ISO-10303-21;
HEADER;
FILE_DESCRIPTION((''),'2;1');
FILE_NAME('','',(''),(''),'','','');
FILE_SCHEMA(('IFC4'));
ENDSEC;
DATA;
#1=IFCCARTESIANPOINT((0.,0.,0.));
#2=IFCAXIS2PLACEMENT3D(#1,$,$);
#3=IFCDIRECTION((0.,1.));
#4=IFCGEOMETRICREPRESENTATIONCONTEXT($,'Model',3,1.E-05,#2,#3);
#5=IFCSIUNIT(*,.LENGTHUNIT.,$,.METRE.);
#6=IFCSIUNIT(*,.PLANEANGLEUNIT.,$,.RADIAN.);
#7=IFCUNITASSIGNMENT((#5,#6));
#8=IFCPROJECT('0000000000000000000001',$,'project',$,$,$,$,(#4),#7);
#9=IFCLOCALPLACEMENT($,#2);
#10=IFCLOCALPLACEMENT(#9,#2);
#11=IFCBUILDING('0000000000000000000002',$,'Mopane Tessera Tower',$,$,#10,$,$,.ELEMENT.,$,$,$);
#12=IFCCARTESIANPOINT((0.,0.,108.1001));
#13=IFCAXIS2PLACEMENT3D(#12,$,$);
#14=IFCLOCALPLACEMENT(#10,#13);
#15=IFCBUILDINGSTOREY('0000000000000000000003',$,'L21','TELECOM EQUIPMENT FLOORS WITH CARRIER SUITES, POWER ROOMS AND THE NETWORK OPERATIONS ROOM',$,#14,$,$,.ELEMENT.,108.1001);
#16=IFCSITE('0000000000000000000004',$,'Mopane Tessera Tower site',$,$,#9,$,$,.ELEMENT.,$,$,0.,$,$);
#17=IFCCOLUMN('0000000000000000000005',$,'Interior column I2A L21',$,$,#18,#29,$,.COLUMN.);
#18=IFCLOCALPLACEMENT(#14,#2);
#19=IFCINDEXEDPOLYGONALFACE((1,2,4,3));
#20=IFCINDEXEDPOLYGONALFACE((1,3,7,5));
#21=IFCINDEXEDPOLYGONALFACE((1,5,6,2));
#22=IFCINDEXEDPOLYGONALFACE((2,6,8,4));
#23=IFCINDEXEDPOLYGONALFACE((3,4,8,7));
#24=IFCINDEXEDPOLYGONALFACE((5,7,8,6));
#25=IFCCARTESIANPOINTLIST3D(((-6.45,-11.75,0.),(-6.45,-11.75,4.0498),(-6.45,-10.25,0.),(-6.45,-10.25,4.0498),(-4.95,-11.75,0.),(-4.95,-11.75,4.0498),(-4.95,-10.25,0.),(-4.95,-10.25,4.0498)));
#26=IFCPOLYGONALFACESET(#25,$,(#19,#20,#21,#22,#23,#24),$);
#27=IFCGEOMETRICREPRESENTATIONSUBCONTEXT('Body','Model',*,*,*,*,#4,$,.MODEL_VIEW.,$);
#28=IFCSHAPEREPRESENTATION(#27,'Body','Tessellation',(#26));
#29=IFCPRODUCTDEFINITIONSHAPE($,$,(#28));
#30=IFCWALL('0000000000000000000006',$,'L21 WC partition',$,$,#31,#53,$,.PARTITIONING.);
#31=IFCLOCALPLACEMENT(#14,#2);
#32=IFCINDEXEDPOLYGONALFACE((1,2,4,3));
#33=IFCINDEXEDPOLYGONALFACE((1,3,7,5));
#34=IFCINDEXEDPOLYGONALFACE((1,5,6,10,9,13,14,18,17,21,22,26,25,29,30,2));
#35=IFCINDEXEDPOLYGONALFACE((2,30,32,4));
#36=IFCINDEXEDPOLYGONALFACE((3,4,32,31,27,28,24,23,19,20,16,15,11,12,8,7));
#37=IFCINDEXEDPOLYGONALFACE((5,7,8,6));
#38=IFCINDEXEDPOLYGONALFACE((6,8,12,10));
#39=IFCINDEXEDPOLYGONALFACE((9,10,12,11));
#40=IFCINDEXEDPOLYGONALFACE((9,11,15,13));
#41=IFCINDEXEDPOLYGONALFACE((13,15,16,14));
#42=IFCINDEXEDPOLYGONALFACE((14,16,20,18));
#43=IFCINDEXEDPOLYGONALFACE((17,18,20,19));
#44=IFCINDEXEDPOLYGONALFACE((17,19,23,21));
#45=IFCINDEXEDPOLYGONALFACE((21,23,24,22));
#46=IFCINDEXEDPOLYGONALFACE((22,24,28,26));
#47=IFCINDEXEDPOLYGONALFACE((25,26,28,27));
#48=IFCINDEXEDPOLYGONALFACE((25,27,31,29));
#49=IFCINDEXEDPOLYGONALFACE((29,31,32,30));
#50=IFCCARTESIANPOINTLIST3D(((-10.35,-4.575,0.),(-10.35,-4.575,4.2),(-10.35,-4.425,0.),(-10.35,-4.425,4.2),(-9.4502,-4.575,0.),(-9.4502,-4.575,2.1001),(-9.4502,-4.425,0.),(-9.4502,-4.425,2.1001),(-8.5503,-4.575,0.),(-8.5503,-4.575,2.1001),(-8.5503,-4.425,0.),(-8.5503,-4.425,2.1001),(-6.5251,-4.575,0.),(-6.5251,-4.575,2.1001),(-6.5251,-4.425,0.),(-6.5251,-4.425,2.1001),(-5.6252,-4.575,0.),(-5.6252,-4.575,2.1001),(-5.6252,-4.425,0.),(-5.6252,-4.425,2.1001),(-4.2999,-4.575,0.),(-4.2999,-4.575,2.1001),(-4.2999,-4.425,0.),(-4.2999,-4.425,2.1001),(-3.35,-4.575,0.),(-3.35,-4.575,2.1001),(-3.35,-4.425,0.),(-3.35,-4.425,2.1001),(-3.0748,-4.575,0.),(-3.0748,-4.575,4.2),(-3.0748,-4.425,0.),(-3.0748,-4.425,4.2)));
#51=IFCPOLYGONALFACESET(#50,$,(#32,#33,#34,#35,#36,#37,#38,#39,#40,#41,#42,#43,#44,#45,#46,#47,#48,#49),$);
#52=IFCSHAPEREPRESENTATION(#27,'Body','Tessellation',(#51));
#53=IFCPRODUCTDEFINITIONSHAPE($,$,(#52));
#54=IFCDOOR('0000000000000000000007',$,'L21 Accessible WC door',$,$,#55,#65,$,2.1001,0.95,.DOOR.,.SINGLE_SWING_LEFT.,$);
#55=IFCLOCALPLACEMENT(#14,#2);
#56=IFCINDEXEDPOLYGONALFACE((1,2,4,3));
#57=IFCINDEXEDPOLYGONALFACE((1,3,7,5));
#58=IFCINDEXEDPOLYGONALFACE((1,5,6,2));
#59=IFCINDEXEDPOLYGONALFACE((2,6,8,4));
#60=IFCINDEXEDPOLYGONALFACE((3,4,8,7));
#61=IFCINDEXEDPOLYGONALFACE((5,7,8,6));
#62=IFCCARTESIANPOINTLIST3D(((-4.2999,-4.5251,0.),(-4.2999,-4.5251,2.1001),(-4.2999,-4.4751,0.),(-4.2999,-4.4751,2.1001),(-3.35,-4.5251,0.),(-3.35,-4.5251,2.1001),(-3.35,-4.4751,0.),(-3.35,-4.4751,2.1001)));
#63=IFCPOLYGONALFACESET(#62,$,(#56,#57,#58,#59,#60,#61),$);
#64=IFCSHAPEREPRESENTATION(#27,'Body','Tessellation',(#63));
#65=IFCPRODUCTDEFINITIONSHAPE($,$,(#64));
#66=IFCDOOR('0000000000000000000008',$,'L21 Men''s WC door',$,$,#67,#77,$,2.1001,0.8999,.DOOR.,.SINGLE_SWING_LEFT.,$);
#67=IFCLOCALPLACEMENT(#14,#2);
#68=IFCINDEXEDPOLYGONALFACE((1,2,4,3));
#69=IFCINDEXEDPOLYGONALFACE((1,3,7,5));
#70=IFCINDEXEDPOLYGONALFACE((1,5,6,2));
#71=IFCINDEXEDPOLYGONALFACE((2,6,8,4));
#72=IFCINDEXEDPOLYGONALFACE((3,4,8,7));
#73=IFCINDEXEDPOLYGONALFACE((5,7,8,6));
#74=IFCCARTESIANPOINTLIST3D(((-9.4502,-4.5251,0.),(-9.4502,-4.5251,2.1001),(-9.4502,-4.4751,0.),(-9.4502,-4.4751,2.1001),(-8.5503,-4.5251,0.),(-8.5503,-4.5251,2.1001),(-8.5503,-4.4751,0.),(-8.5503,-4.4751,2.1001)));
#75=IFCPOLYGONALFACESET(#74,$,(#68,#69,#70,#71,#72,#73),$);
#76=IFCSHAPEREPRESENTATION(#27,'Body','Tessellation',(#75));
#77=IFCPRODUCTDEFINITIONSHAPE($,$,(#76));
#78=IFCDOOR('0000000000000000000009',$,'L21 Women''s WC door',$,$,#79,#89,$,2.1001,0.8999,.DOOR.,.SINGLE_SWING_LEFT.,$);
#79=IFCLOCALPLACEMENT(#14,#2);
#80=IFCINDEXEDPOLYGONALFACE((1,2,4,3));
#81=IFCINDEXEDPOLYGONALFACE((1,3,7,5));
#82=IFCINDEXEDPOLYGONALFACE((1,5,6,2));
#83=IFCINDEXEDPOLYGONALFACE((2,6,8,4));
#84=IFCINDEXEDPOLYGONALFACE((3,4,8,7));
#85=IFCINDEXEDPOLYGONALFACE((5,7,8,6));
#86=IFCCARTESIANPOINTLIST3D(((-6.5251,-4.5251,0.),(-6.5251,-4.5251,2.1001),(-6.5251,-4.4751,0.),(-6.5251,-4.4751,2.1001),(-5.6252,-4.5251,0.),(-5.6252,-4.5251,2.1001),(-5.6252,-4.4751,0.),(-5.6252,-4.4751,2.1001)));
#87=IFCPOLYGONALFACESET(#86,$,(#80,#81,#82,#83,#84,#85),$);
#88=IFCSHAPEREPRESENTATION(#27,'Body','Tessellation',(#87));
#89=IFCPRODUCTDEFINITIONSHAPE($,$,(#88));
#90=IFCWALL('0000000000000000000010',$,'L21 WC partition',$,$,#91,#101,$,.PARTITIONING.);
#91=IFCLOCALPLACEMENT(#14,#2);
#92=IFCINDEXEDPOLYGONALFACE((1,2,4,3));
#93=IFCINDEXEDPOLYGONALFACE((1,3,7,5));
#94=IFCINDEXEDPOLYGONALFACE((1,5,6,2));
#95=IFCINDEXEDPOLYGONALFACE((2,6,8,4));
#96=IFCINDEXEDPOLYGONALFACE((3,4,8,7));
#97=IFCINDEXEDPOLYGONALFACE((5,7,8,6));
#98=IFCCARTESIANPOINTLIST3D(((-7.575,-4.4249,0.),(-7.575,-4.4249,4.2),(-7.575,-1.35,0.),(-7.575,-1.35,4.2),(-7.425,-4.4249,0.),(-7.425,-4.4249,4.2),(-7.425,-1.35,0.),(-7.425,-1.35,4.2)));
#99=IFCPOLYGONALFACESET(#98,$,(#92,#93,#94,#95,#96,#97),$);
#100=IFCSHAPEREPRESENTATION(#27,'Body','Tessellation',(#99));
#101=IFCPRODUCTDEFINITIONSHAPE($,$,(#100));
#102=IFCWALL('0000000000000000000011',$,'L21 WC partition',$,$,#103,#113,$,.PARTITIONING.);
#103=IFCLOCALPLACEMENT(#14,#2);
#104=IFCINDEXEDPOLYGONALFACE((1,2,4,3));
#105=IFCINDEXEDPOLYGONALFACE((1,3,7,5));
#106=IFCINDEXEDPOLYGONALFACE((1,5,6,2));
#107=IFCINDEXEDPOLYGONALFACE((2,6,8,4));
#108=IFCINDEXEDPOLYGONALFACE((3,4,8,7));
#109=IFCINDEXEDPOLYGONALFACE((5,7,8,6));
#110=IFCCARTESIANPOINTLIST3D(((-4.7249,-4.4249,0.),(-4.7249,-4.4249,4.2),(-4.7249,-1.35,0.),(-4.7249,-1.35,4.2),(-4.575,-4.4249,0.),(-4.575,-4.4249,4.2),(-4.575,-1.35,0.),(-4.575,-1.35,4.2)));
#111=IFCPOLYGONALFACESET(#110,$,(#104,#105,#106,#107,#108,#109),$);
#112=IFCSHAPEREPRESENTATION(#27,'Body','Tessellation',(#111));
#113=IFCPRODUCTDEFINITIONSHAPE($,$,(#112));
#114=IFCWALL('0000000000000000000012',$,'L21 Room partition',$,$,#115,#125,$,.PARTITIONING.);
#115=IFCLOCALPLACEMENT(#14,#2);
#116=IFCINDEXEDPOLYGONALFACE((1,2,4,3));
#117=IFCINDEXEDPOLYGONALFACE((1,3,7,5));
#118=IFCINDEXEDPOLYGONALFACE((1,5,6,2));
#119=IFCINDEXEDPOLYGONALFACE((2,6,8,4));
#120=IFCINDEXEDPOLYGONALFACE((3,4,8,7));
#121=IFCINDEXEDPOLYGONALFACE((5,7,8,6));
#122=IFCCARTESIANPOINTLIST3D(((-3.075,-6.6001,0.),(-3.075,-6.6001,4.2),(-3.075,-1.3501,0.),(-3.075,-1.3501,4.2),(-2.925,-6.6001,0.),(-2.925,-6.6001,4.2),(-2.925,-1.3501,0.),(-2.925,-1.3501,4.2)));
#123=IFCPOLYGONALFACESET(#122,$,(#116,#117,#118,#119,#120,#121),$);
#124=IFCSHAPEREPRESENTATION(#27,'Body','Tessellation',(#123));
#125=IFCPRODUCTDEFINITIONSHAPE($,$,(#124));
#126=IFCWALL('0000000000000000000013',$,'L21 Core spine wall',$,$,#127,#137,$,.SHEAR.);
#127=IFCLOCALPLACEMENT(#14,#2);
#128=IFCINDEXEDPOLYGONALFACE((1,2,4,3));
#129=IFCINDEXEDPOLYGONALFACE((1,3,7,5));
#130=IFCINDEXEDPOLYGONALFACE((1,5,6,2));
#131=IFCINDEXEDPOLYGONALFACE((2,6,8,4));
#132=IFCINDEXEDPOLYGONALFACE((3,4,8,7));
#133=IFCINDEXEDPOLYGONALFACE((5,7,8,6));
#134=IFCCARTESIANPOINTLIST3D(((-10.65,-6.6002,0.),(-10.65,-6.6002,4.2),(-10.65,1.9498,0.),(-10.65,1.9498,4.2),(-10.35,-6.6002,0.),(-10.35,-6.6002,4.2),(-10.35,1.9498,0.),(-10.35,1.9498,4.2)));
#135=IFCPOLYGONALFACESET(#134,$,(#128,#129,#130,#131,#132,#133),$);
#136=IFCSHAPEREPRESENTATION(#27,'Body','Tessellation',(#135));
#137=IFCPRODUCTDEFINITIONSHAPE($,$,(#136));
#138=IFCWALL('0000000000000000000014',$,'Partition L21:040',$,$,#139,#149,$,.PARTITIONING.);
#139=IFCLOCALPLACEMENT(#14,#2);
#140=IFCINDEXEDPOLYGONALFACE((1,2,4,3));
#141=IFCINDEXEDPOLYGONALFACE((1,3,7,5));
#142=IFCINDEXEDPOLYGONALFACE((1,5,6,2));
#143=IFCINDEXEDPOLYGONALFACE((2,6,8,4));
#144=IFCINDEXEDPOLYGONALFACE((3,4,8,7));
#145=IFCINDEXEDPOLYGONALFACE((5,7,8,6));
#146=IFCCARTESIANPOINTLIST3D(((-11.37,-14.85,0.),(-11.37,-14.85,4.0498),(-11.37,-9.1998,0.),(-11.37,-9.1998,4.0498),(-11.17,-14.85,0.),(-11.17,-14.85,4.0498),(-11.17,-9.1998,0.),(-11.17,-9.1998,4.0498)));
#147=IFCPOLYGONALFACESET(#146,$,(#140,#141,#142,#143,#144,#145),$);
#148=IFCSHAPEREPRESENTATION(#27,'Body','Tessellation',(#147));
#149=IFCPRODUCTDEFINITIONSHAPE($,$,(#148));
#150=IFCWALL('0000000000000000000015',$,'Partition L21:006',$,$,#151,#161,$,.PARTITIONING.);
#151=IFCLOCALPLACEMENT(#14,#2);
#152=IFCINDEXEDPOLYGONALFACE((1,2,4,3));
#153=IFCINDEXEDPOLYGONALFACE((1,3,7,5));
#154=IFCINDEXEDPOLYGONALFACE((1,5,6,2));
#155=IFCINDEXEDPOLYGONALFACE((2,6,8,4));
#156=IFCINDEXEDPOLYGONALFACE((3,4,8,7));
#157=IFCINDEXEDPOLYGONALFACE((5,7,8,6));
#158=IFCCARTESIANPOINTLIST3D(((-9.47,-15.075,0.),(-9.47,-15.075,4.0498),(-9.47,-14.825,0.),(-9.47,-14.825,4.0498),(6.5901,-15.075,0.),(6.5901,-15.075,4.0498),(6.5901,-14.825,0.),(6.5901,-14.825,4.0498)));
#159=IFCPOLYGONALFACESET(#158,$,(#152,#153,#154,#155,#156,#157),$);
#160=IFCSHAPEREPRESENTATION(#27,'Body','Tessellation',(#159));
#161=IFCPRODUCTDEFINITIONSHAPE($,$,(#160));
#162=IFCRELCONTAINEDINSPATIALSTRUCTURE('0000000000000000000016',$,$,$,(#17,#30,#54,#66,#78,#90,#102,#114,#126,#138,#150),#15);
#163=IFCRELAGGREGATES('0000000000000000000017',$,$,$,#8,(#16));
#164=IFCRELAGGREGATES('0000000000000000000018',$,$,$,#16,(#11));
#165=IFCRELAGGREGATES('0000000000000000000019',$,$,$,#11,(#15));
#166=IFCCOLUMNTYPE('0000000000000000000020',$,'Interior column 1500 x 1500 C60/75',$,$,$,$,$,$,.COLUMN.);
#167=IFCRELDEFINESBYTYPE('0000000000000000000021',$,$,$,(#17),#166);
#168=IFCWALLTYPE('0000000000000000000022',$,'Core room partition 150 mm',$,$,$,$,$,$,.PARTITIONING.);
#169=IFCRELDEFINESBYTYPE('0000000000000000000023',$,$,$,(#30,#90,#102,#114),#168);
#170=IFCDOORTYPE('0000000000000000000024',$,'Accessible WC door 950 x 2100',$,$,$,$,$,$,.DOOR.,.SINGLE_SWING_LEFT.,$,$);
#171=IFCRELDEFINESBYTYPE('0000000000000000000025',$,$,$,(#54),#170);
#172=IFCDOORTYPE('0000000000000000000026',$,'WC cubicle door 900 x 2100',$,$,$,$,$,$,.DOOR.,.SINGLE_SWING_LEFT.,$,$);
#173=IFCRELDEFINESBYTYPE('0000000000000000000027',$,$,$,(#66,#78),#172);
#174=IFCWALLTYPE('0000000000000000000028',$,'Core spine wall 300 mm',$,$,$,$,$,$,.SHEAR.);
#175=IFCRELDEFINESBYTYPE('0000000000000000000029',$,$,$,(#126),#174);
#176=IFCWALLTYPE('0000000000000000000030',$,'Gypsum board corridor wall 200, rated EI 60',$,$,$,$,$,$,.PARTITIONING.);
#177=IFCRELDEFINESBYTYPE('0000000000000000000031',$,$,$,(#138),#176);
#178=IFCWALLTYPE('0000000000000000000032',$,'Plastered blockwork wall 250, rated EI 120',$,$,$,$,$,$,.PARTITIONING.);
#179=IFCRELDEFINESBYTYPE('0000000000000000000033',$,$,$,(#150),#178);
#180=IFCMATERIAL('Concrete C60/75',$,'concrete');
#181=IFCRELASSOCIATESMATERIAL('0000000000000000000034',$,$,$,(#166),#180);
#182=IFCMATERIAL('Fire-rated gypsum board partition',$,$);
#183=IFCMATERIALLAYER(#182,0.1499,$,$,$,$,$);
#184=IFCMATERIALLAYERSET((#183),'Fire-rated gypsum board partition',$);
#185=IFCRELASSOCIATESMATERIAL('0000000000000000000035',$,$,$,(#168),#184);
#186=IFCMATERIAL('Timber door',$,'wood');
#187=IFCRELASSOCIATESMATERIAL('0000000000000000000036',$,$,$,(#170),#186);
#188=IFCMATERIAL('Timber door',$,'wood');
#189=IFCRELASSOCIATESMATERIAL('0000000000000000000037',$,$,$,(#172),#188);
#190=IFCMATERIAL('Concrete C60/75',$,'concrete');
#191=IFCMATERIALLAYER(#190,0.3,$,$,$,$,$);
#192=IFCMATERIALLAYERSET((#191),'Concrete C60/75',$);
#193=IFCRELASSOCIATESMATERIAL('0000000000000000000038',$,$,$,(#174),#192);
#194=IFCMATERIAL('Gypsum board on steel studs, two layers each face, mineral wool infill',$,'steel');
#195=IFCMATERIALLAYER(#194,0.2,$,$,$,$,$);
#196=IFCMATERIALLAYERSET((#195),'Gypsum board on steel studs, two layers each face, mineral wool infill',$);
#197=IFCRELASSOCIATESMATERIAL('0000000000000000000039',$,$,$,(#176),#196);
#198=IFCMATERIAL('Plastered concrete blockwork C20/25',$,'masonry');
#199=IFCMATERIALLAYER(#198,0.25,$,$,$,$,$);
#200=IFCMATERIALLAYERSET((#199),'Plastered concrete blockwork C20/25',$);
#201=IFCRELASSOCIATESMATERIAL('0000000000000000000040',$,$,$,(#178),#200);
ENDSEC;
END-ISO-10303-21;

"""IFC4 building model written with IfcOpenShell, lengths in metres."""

from ifc_helpers import new_model, si_unit, direction, frame, frame_2d, origin, origin_2d, place, context, subcontext, project, spatial, rectangle, extrude, material, layer, layer_set, material_profile, profile_set, type_object, element, fill, save


model = new_model("IFC4")

# Units and contexts
model_context = context("Model", 3, precision=1e-05, world=origin(), true_north=direction((0.0, 1.0)))
body_context = subcontext(model_context, "Body", "Model", "MODEL_VIEW")
ifc_project = project(units=[si_unit("LENGTHUNIT", "METRE"), si_unit("PLANEANGLEUNIT", "RADIAN")], contexts=[model_context])

# Site, building, storey
site_placement = place(None, origin())
site = spatial("IfcSite", under=ifc_project, at=site_placement, Name="Mopane Tessera Tower site", CompositionType="ELEMENT", RefElevation=0.0)
building_placement = place(site_placement, origin())
building = spatial("IfcBuilding", under=site, at=building_placement, Name="Mopane Tessera Tower", CompositionType="ELEMENT")
storey_placement = place(building_placement, frame((0.0, 0.0, 108.1001)))
storey = spatial("IfcBuildingStorey", under=building, at=storey_placement, Name="L21", Description="TELECOM EQUIPMENT FLOORS WITH CARRIER SUITES, POWER ROOMS AND THE NETWORK OPERATIONS ROOM", CompositionType="ELEMENT", Elevation=108.1001)

# Column
ifc_material_1 = material(Name="Concrete C60/75", Category="concrete")
ifc_material_profile = material_profile(ifc_material_1, rectangle(XDim=1.5, YDim=1.5, at=origin_2d()))
ifc_profile_set = profile_set([ifc_material_profile], Name="Concrete C60/75")
column_type = type_object("IfcColumnType", Name="Interior column 1500 x 1500 C60/75", PredefinedType="COLUMN", material=ifc_profile_set)
column_placement = place(storey_placement, frame((-5.7, -11.0, 0.0), z_axis=(0.0, 0.0, 1.0), x_axis=(1.0, 0.0, 0.0)))
element("IfcColumn", 1, at=column_placement, inside=storey, type_object=column_type, Name="Interior column I2A L21", PredefinedType="COLUMN", context=body_context, shape_type="SweptSolid", body=[
    extrude(rectangle(XDim=1.5, YDim=1.5, at=origin_2d()), origin(), (0.0, 0.0, 1.0), 4.0498),
])

# Wall, openings, doors
ifc_material_2 = material(Name="Fire-rated gypsum board partition")
ifc_layer_1 = layer(ifc_material_2, 0.1499)
ifc_layer_set_1 = layer_set([ifc_layer_1], Name="Fire-rated gypsum board partition")
wall_type_1 = type_object("IfcWallType", Name="Core room partition 150 mm", PredefinedType="PARTITIONING", material=ifc_layer_set_1)
wall_1_placement = place(storey_placement, frame((-10.3501, -4.5, 0.0), z_axis=(0.0, 0.0, 1.0), x_axis=(1.0, 0.0, 0.0)))
wall_1 = element("IfcWall", 2, at=wall_1_placement, inside=storey, type_object=wall_type_1, Name="L21 WC partition", PredefinedType="PARTITIONING", context=body_context, shape_type="SweptSolid", body=[
    extrude(rectangle(XDim=7.2751, YDim=0.1499, at=frame_2d((3.6377, 0.0))), origin(), (0.0, 0.0, 1.0), 4.2),
])
opening_1_placement = place(wall_1_placement, frame((0.8999, 0.0, 0.0)))
opening_1 = element("IfcOpeningElement", 3, at=opening_1_placement, cuts=wall_1, PredefinedType="OPENING", context=body_context, shape_type="SweptSolid", body=[
    extrude(rectangle(XDim=0.8999, YDim=2.1001, at=frame_2d((0.45, 1.05))), frame((0.0, 0.0869, 0.0), z_axis=(0.0, -1.0, 0.0), x_axis=(1.0, 0.0, 0.0)), (0.0, 0.0, 1.0), 0.1738),
])
opening_2_placement = place(wall_1_placement, frame((3.825, 0.0, 0.0)))
opening_2 = element("IfcOpeningElement", 4, at=opening_2_placement, cuts=wall_1, PredefinedType="OPENING", context=body_context, shape_type="SweptSolid", body=[
    extrude(rectangle(XDim=0.8999, YDim=2.1001, at=frame_2d((0.45, 1.05))), frame((0.0, 0.0869, 0.0), z_axis=(0.0, -1.0, 0.0), x_axis=(1.0, 0.0, 0.0)), (0.0, 0.0, 1.0), 0.1738),
])
opening_3_placement = place(wall_1_placement, frame((6.05, 0.0, 0.0)))
opening_3 = element("IfcOpeningElement", 5, at=opening_3_placement, cuts=wall_1, PredefinedType="OPENING", context=body_context, shape_type="SweptSolid", body=[
    extrude(rectangle(XDim=0.95, YDim=2.1001, at=frame_2d((0.4751, 1.05))), frame((0.0, 0.0869, 0.0), z_axis=(0.0, -1.0, 0.0), x_axis=(1.0, 0.0, 0.0)), (0.0, 0.0, 1.0), 0.1738),
])
ifc_material_3 = material(Name="Timber door", Category="wood")
door_type_1 = type_object("IfcDoorType", Name="Accessible WC door 950 x 2100", OperationType="SINGLE_SWING_LEFT", PredefinedType="DOOR", material=ifc_material_3)
door_1_placement = place(opening_3_placement, origin())
door_1 = element("IfcDoor", 6, at=door_1_placement, inside=storey, type_object=door_type_1, Name="L21 Accessible WC door", OperationType="SINGLE_SWING_LEFT", OverallHeight=2.1001, OverallWidth=0.95, PredefinedType="DOOR", context=body_context, shape_type="SweptSolid", body=[
    extrude(rectangle(XDim=0.95, YDim=2.1001, at=frame_2d((0.4751, 1.05))), frame((0.0, 0.0249, 0.0), z_axis=(0.0, -1.0, 0.0), x_axis=(1.0, 0.0, 0.0)), (0.0, 0.0, 1.0), 0.05),
])
fill(opening_3, door_1)
ifc_material_4 = material(Name="Timber door", Category="wood")
door_type_2 = type_object("IfcDoorType", Name="WC cubicle door 900 x 2100", OperationType="SINGLE_SWING_LEFT", PredefinedType="DOOR", material=ifc_material_4)
door_2_placement = place(opening_1_placement, origin())
door_2 = element("IfcDoor", 7, at=door_2_placement, inside=storey, type_object=door_type_2, Name="L21 Men's WC door", OperationType="SINGLE_SWING_LEFT", OverallHeight=2.1001, OverallWidth=0.8999, PredefinedType="DOOR", context=body_context, shape_type="SweptSolid", body=[
    extrude(rectangle(XDim=0.8999, YDim=2.1001, at=frame_2d((0.45, 1.05))), frame((0.0, 0.0249, 0.0), z_axis=(0.0, -1.0, 0.0), x_axis=(1.0, 0.0, 0.0)), (0.0, 0.0, 1.0), 0.05),
])
fill(opening_1, door_2)
door_3_placement = place(opening_2_placement, origin())
door_3 = element("IfcDoor", 8, at=door_3_placement, inside=storey, type_object=door_type_2, Name="L21 Women's WC door", OperationType="SINGLE_SWING_LEFT", OverallHeight=2.1001, OverallWidth=0.8999, PredefinedType="DOOR", context=body_context, shape_type="SweptSolid", body=[
    extrude(rectangle(XDim=0.8999, YDim=2.1001, at=frame_2d((0.45, 1.05))), frame((0.0, 0.0249, 0.0), z_axis=(0.0, -1.0, 0.0), x_axis=(1.0, 0.0, 0.0)), (0.0, 0.0, 1.0), 0.05),
])
fill(opening_2, door_3)

# Walls
for number, where, z_axis, x_axis, name in (
    (9, (-7.5, -4.425, 0.0), (0.0, 0.0, 1.0), (0.0, 1.0, 0.0), "L21 WC partition"),
    (10, (-4.6499, -4.425, 0.0), (0.0, 0.0, 1.0), (0.0, 1.0, 0.0), "L21 WC partition"),
):
    element("IfcWall", number, at=place(storey_placement, frame(where, z_axis=z_axis, x_axis=x_axis)), inside=storey, type_object=wall_type_1, Name=name, PredefinedType="PARTITIONING", context=body_context, shape_type="SweptSolid", body=[
        extrude(rectangle(XDim=3.075, YDim=0.1499, at=frame_2d((1.5376, 0.0))), origin(), (0.0, 0.0, 1.0), 4.2),
    ])
wall_2_placement = place(storey_placement, frame((-3.0, -6.6001, 0.0), z_axis=(0.0, 0.0, 1.0), x_axis=(0.0, 1.0, 0.0)))
element("IfcWall", 11, at=wall_2_placement, inside=storey, type_object=wall_type_1, Name="L21 Room partition", PredefinedType="PARTITIONING", context=body_context, shape_type="SweptSolid", body=[
    extrude(rectangle(XDim=5.25, YDim=0.1499, at=frame_2d((2.625, 0.0))), origin(), (0.0, 0.0, 1.0), 4.2),
])
ifc_material_5 = material(Name="Concrete C60/75", Category="concrete")
ifc_layer_2 = layer(ifc_material_5, 0.3)
ifc_layer_set_2 = layer_set([ifc_layer_2], Name="Concrete C60/75")
wall_type_2 = type_object("IfcWallType", Name="Core spine wall 300 mm", PredefinedType="SHEAR", material=ifc_layer_set_2)
wall_3_placement = place(storey_placement, frame((-10.5, -6.6001, 0.0), z_axis=(0.0, 0.0, 1.0), x_axis=(0.0, 1.0, 0.0)))
element("IfcWall", 12, at=wall_3_placement, inside=storey, type_object=wall_type_2, Name="L21 Core spine wall", PredefinedType="SHEAR", context=body_context, shape_type="SweptSolid", body=[
    extrude(rectangle(XDim=8.55, YDim=0.3, at=frame_2d((4.2749, 0.0))), origin(), (0.0, 0.0, 1.0), 4.2),
])
ifc_material_6 = material(Name="Gypsum board on steel studs, two layers each face, mineral wool infill", Category="steel")
ifc_layer_3 = layer(ifc_material_6, 0.2)
ifc_layer_set_3 = layer_set([ifc_layer_3], Name="Gypsum board on steel studs, two layers each face, mineral wool infill")
wall_type_3 = type_object("IfcWallType", Name="Gypsum board corridor wall 200, rated EI 60", PredefinedType="PARTITIONING", material=ifc_layer_set_3)
wall_4_placement = place(storey_placement, frame((-11.27, -14.8501, 0.0), z_axis=(0.0, 0.0, 1.0), x_axis=(0.0, 1.0, 0.0)))
element("IfcWall", 13, at=wall_4_placement, inside=storey, type_object=wall_type_3, Name="Partition L21:040", PredefinedType="PARTITIONING", context=body_context, shape_type="SweptSolid", body=[
    extrude(rectangle(XDim=5.6501, YDim=0.2, at=frame_2d((2.8252, 0.0))), origin(), (0.0, 0.0, 1.0), 4.0498),
])
ifc_material_7 = material(Name="Plastered concrete blockwork C20/25", Category="masonry")
ifc_layer_4 = layer(ifc_material_7, 0.25)
ifc_layer_set_4 = layer_set([ifc_layer_4], Name="Plastered concrete blockwork C20/25")
wall_type_4 = type_object("IfcWallType", Name="Plastered blockwork wall 250, rated EI 120", PredefinedType="PARTITIONING", material=ifc_layer_set_4)
wall_5_placement = place(storey_placement, frame((-9.47, -14.95, 0.0), z_axis=(0.0, 0.0, 1.0), x_axis=(1.0, 0.0, 0.0)))
element("IfcWall", 14, at=wall_5_placement, inside=storey, type_object=wall_type_4, Name="Partition L21:006", PredefinedType="PARTITIONING", context=body_context, shape_type="SweptSolid", body=[
    extrude(rectangle(XDim=16.0601, YDim=0.25, at=frame_2d((8.03, 0.0))), origin(), (0.0, 0.0, 1.0), 4.0498),
])

save(model, "model.ifc")
